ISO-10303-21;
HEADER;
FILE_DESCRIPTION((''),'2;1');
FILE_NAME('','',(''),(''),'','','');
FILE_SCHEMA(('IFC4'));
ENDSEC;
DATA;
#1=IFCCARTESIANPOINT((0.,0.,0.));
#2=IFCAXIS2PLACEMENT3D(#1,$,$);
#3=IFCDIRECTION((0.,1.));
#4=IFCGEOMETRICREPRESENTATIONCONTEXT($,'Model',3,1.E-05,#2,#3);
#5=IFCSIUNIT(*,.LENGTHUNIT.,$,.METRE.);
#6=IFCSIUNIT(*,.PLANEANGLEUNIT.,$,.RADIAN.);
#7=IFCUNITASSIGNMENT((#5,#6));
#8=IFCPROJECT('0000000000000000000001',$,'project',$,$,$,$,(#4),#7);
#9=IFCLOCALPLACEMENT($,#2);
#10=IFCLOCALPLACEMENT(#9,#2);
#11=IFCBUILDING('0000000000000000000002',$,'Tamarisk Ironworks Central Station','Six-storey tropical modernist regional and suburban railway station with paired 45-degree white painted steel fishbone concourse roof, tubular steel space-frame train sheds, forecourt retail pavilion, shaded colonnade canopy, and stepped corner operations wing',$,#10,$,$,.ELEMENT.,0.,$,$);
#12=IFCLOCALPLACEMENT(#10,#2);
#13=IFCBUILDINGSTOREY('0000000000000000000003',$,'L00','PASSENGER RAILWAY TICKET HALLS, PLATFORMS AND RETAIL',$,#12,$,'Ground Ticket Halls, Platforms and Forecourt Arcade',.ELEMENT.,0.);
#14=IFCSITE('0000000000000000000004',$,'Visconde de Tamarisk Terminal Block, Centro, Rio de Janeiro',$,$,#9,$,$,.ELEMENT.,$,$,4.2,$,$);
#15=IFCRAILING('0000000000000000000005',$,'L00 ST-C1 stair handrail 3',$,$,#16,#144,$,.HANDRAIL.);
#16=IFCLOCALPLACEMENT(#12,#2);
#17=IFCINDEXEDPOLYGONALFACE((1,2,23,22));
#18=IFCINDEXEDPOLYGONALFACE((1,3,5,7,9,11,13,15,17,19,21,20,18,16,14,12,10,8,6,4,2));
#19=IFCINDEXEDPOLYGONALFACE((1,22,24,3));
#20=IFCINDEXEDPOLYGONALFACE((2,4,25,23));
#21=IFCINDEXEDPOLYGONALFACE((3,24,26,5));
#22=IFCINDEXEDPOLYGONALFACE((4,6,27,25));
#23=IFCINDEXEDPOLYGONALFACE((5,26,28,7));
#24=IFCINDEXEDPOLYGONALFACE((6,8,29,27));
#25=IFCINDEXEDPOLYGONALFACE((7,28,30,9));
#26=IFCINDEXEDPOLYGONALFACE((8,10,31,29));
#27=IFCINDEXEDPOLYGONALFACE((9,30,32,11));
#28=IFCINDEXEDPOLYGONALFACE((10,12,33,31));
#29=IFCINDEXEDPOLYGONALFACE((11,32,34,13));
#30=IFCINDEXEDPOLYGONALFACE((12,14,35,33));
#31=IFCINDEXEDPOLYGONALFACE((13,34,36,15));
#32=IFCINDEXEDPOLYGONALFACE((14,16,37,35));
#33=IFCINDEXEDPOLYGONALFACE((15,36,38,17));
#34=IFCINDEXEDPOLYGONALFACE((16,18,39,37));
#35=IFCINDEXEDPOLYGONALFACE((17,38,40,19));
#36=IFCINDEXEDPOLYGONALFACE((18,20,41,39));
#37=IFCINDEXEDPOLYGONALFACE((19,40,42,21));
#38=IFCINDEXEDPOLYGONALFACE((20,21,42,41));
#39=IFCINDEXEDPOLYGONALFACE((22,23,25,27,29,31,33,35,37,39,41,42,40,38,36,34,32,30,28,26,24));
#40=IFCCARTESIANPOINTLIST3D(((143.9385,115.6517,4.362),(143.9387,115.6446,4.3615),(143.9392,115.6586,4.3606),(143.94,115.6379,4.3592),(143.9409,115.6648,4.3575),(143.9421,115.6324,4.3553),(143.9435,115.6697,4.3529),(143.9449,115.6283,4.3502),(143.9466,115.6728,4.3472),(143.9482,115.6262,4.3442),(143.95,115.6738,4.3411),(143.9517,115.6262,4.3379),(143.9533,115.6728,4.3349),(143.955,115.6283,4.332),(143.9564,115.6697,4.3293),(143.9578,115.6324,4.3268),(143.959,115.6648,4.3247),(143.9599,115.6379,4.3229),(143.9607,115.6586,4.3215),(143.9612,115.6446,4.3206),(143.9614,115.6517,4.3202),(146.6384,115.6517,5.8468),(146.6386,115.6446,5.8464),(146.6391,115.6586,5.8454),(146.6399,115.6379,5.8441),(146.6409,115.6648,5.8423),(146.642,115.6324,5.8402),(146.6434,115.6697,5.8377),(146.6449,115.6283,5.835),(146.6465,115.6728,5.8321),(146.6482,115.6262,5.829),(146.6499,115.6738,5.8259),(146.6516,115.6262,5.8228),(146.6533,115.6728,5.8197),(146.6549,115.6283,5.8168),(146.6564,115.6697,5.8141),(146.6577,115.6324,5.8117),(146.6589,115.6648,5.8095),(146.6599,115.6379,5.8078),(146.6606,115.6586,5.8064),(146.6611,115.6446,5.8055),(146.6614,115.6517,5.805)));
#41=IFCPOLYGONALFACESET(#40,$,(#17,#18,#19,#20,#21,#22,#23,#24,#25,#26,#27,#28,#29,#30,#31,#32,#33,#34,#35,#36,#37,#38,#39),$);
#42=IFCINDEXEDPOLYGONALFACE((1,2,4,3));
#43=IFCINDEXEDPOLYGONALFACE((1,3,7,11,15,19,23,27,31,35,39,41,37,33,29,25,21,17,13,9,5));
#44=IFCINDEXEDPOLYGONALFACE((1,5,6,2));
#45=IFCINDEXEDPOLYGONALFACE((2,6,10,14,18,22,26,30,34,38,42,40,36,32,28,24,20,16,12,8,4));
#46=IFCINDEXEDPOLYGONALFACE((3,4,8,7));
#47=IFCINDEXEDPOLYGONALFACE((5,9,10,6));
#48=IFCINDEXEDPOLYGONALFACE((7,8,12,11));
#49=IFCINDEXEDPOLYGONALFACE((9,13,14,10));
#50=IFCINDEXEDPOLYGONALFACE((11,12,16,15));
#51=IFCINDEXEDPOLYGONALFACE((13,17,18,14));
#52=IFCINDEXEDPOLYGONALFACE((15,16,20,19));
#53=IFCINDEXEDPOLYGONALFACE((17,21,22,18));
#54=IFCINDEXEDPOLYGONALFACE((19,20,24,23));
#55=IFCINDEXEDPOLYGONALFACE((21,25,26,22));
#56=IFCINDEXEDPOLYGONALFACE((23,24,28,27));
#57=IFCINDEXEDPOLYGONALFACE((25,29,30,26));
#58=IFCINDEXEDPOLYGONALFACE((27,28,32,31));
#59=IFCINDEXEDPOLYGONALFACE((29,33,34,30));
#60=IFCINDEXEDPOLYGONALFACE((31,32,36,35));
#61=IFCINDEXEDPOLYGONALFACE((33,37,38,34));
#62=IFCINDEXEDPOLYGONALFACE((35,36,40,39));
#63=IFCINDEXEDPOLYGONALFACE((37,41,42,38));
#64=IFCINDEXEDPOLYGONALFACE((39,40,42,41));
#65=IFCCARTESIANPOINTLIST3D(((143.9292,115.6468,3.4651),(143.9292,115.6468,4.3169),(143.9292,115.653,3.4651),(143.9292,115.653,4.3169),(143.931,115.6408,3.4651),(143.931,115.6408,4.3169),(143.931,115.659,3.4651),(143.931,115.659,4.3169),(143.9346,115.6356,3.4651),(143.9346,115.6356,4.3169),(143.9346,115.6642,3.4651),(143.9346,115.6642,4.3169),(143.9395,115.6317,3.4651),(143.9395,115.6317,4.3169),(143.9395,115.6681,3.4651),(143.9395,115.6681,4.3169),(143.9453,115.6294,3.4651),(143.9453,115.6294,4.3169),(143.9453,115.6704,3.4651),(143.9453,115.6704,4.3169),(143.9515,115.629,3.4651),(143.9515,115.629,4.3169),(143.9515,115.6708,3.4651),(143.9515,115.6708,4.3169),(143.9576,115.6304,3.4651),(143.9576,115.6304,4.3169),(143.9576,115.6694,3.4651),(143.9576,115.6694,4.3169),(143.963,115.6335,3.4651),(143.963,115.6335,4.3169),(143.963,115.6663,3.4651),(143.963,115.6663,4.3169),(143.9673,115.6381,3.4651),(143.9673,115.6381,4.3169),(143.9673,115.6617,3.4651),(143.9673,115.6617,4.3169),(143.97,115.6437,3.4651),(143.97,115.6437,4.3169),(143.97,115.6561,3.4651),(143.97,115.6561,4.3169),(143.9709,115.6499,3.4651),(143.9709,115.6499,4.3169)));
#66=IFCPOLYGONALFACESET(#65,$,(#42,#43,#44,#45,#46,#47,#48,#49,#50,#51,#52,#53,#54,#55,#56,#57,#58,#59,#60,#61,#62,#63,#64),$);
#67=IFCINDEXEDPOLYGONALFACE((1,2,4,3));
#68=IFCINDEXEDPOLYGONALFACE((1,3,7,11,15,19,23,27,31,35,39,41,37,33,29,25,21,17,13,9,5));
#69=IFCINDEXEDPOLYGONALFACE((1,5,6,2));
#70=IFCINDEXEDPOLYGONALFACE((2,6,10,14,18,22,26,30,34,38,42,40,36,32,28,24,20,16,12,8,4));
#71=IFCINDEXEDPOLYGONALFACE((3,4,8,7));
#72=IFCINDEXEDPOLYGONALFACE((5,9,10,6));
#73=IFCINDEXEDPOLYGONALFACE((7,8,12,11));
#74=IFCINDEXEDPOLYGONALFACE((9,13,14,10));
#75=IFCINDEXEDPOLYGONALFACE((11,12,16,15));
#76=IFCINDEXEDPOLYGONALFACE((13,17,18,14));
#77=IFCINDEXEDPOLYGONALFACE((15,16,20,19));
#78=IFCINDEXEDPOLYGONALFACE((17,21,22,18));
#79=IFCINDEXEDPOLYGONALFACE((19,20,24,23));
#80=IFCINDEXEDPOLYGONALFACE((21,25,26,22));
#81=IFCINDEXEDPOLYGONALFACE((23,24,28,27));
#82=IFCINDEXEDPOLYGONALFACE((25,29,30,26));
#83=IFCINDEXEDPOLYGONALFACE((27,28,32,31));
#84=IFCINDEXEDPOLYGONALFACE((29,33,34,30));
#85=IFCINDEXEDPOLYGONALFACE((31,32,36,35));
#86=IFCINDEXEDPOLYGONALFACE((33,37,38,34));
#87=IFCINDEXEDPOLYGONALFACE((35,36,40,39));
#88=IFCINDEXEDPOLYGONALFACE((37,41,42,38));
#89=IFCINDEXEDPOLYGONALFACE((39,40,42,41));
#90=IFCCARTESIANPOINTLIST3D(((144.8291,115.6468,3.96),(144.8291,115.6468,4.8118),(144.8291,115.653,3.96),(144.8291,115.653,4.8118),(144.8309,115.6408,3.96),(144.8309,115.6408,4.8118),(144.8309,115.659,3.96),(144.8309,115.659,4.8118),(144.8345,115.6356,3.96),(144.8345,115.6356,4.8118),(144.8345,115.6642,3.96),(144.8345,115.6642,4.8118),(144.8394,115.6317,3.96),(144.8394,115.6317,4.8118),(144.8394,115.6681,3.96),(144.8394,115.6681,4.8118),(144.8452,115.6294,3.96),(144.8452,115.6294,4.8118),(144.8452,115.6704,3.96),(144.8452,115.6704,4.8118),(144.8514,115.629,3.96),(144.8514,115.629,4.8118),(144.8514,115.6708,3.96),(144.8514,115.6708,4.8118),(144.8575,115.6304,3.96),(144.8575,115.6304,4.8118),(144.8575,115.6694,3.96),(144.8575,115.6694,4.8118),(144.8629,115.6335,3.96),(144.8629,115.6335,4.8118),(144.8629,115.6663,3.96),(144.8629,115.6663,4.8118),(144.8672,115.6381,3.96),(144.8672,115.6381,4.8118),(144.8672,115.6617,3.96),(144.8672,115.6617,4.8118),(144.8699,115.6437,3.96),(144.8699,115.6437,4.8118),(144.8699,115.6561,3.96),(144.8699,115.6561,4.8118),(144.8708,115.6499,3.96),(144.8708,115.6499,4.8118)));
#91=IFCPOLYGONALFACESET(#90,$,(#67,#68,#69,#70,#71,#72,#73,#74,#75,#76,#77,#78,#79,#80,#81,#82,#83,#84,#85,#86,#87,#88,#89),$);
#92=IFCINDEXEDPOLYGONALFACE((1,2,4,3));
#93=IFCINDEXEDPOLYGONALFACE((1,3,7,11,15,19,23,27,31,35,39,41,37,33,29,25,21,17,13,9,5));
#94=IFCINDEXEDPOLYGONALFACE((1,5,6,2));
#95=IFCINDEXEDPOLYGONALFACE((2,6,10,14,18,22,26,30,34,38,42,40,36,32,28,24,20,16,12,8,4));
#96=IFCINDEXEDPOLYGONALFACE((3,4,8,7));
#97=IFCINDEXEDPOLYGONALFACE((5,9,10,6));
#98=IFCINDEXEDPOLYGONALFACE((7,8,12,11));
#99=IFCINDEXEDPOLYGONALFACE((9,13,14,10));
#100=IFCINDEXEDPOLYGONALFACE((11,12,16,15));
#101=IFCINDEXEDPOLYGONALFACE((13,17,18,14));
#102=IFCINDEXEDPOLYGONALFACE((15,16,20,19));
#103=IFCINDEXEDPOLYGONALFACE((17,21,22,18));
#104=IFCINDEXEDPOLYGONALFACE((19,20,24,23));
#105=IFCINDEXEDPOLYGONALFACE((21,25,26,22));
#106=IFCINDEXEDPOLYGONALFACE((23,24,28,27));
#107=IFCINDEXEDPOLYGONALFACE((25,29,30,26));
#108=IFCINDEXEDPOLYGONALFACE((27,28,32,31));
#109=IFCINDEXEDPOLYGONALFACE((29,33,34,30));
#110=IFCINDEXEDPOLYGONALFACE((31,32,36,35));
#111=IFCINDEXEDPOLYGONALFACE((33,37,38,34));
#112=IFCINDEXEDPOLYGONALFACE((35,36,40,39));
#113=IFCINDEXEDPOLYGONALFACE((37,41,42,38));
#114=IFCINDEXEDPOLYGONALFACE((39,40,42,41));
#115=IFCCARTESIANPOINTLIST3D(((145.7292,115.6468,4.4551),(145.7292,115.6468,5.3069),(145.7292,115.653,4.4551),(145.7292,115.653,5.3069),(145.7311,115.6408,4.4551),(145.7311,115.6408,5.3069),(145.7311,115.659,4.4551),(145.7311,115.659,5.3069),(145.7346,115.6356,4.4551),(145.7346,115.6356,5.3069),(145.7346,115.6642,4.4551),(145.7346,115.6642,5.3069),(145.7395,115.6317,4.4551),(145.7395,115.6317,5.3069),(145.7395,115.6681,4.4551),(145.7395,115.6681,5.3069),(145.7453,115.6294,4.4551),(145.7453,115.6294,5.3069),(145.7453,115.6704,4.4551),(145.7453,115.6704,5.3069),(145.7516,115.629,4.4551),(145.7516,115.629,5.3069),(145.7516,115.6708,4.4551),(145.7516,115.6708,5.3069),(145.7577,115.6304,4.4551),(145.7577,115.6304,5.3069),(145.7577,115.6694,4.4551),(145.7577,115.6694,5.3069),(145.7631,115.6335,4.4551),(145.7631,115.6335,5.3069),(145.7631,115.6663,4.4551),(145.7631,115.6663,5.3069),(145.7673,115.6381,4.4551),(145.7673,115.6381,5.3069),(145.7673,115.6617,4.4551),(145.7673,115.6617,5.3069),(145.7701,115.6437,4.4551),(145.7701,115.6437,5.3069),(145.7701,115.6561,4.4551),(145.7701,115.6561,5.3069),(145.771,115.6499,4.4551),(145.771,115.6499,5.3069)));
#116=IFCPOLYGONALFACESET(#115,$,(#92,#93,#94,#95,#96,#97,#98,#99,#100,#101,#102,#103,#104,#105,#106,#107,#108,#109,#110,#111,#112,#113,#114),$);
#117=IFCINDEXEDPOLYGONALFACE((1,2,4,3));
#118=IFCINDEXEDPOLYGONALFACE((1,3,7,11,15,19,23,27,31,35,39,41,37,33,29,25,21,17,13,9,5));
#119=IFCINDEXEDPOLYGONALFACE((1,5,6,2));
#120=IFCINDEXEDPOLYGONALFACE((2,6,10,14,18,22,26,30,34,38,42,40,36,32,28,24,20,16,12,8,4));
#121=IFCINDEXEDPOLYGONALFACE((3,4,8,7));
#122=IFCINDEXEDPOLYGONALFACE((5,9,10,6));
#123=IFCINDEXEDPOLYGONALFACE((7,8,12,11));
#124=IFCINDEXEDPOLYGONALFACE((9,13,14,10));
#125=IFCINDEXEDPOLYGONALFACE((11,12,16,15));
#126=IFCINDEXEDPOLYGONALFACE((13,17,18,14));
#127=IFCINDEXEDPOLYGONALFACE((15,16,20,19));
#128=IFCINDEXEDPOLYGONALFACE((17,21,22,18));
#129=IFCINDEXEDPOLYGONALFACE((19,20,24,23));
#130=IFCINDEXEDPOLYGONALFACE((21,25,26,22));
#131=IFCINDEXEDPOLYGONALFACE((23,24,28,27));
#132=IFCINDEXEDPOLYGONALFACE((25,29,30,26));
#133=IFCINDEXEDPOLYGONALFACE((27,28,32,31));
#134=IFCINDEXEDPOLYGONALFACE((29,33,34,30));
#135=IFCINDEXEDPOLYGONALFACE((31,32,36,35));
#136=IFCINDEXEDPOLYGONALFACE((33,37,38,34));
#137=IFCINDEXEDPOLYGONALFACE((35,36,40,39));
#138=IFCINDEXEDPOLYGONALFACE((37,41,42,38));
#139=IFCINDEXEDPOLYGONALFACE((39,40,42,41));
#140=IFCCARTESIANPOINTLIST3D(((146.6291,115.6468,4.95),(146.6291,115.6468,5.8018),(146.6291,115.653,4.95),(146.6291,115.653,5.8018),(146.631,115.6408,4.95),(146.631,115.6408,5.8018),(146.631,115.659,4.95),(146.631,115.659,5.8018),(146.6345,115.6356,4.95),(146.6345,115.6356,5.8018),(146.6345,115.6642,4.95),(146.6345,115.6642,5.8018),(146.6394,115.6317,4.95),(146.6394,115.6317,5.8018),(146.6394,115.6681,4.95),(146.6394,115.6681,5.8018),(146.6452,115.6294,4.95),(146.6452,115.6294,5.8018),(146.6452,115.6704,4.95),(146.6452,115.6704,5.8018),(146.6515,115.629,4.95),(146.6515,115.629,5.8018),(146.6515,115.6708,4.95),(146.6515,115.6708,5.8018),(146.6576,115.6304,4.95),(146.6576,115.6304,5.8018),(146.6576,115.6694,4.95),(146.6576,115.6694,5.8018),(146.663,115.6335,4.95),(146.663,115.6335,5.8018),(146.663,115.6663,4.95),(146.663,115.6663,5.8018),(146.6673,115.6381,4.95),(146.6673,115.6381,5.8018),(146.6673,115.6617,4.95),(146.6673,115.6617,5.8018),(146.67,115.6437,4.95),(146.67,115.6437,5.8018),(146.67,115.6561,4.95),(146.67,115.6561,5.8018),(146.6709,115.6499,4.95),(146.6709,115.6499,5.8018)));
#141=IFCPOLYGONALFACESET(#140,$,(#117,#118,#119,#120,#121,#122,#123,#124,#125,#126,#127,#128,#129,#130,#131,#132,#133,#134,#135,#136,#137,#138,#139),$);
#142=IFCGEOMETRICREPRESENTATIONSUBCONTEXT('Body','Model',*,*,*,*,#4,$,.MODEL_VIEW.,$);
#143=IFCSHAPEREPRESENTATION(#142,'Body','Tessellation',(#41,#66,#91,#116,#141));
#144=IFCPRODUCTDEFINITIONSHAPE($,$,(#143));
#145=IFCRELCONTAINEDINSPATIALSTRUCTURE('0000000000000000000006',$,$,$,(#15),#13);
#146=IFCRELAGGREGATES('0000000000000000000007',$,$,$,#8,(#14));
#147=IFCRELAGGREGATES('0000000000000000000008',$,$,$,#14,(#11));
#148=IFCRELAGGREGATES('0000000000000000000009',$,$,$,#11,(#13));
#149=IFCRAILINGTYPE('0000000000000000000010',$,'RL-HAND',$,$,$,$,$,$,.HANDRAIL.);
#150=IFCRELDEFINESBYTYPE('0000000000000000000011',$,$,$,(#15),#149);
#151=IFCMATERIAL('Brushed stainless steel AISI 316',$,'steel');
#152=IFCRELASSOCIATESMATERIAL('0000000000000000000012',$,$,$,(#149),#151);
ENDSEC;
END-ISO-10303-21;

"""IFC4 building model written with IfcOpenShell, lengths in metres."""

from ifc_helpers import new_model, si_unit, direction, frame, origin, origin_2d, place, context, subcontext, project, spatial, circle, extrude, material, type_object, element, save


model = new_model("IFC4")

# Units and contexts
model_context = context("Model", 3, precision=1e-05, world=origin(), true_north=direction((0.0, 1.0)))
body_context = subcontext(model_context, "Body", "Model", "MODEL_VIEW")
ifc_project = project(units=[si_unit("LENGTHUNIT", "METRE"), si_unit("PLANEANGLEUNIT", "RADIAN")], contexts=[model_context])

# Site, building, storey
site_placement = place(None, origin())
site = spatial("IfcSite", under=ifc_project, at=site_placement, Name="Visconde de Tamarisk Terminal Block, Centro, Rio de Janeiro", CompositionType="ELEMENT", RefElevation=4.2)
building_placement = place(site_placement, origin())
building = spatial("IfcBuilding", under=site, at=building_placement, Name="Tamarisk Ironworks Central Station", Description="Six-storey tropical modernist regional and suburban railway station with paired 45-degree white painted steel fishbone concourse roof, tubular steel space-frame train sheds, forecourt retail pavilion, shaded colonnade canopy, and stepped corner operations wing", CompositionType="ELEMENT", ElevationOfRefHeight=0.0)
storey_placement = place(building_placement, origin())
storey = spatial("IfcBuildingStorey", under=building, at=storey_placement, Name="L00", Description="PASSENGER RAILWAY TICKET HALLS, PLATFORMS AND RETAIL", LongName="Ground Ticket Halls, Platforms and Forecourt Arcade", CompositionType="ELEMENT", Elevation=0.0)

# Railing
ifc_material_1 = material(Name="Brushed stainless steel AISI 316", Category="steel")
railing_type_1 = type_object("IfcRailingType", Name="RL-HAND", PredefinedType="HANDRAIL", material=ifc_material_1)
for number, where, name in (
    (1, (143.95, 115.6499, 3.4651), "L00 ST-C1 stair handrail 3"),
):
    element("IfcRailing", number, at=place(storey_placement, frame(where)), inside=storey, type_object=railing_type_1, Name=name, PredefinedType="HANDRAIL", context=body_context, shape_type="SweptSolid", body=[
        extrude(circle(Radius=0.0239, at=origin_2d()), frame((0.0, 0.0, 0.876), z_axis=(0.876231, 0.0, 0.481891), x_axis=(0.0, 1.0, 0.0)), (0.0, 0.0, 1.0), 3.0813),
        extrude(circle(Radius=0.021, at=origin_2d()), origin(), (0.0, 0.0, 1.0), 0.8518),
        extrude(circle(Radius=0.021, at=origin_2d()), frame((0.8999, 0.0, 0.4949)), (0.0, 0.0, 1.0), 0.8518),
        extrude(circle(Radius=0.021, at=origin_2d()), frame((1.8, 0.0, 0.99)), (0.0, 0.0, 1.0), 0.8518),
        extrude(circle(Radius=0.021, at=origin_2d()), frame((2.7, 0.0, 1.4849)), (0.0, 0.0, 1.0), 0.8518),
    ])

save(model, "model.ifc")
